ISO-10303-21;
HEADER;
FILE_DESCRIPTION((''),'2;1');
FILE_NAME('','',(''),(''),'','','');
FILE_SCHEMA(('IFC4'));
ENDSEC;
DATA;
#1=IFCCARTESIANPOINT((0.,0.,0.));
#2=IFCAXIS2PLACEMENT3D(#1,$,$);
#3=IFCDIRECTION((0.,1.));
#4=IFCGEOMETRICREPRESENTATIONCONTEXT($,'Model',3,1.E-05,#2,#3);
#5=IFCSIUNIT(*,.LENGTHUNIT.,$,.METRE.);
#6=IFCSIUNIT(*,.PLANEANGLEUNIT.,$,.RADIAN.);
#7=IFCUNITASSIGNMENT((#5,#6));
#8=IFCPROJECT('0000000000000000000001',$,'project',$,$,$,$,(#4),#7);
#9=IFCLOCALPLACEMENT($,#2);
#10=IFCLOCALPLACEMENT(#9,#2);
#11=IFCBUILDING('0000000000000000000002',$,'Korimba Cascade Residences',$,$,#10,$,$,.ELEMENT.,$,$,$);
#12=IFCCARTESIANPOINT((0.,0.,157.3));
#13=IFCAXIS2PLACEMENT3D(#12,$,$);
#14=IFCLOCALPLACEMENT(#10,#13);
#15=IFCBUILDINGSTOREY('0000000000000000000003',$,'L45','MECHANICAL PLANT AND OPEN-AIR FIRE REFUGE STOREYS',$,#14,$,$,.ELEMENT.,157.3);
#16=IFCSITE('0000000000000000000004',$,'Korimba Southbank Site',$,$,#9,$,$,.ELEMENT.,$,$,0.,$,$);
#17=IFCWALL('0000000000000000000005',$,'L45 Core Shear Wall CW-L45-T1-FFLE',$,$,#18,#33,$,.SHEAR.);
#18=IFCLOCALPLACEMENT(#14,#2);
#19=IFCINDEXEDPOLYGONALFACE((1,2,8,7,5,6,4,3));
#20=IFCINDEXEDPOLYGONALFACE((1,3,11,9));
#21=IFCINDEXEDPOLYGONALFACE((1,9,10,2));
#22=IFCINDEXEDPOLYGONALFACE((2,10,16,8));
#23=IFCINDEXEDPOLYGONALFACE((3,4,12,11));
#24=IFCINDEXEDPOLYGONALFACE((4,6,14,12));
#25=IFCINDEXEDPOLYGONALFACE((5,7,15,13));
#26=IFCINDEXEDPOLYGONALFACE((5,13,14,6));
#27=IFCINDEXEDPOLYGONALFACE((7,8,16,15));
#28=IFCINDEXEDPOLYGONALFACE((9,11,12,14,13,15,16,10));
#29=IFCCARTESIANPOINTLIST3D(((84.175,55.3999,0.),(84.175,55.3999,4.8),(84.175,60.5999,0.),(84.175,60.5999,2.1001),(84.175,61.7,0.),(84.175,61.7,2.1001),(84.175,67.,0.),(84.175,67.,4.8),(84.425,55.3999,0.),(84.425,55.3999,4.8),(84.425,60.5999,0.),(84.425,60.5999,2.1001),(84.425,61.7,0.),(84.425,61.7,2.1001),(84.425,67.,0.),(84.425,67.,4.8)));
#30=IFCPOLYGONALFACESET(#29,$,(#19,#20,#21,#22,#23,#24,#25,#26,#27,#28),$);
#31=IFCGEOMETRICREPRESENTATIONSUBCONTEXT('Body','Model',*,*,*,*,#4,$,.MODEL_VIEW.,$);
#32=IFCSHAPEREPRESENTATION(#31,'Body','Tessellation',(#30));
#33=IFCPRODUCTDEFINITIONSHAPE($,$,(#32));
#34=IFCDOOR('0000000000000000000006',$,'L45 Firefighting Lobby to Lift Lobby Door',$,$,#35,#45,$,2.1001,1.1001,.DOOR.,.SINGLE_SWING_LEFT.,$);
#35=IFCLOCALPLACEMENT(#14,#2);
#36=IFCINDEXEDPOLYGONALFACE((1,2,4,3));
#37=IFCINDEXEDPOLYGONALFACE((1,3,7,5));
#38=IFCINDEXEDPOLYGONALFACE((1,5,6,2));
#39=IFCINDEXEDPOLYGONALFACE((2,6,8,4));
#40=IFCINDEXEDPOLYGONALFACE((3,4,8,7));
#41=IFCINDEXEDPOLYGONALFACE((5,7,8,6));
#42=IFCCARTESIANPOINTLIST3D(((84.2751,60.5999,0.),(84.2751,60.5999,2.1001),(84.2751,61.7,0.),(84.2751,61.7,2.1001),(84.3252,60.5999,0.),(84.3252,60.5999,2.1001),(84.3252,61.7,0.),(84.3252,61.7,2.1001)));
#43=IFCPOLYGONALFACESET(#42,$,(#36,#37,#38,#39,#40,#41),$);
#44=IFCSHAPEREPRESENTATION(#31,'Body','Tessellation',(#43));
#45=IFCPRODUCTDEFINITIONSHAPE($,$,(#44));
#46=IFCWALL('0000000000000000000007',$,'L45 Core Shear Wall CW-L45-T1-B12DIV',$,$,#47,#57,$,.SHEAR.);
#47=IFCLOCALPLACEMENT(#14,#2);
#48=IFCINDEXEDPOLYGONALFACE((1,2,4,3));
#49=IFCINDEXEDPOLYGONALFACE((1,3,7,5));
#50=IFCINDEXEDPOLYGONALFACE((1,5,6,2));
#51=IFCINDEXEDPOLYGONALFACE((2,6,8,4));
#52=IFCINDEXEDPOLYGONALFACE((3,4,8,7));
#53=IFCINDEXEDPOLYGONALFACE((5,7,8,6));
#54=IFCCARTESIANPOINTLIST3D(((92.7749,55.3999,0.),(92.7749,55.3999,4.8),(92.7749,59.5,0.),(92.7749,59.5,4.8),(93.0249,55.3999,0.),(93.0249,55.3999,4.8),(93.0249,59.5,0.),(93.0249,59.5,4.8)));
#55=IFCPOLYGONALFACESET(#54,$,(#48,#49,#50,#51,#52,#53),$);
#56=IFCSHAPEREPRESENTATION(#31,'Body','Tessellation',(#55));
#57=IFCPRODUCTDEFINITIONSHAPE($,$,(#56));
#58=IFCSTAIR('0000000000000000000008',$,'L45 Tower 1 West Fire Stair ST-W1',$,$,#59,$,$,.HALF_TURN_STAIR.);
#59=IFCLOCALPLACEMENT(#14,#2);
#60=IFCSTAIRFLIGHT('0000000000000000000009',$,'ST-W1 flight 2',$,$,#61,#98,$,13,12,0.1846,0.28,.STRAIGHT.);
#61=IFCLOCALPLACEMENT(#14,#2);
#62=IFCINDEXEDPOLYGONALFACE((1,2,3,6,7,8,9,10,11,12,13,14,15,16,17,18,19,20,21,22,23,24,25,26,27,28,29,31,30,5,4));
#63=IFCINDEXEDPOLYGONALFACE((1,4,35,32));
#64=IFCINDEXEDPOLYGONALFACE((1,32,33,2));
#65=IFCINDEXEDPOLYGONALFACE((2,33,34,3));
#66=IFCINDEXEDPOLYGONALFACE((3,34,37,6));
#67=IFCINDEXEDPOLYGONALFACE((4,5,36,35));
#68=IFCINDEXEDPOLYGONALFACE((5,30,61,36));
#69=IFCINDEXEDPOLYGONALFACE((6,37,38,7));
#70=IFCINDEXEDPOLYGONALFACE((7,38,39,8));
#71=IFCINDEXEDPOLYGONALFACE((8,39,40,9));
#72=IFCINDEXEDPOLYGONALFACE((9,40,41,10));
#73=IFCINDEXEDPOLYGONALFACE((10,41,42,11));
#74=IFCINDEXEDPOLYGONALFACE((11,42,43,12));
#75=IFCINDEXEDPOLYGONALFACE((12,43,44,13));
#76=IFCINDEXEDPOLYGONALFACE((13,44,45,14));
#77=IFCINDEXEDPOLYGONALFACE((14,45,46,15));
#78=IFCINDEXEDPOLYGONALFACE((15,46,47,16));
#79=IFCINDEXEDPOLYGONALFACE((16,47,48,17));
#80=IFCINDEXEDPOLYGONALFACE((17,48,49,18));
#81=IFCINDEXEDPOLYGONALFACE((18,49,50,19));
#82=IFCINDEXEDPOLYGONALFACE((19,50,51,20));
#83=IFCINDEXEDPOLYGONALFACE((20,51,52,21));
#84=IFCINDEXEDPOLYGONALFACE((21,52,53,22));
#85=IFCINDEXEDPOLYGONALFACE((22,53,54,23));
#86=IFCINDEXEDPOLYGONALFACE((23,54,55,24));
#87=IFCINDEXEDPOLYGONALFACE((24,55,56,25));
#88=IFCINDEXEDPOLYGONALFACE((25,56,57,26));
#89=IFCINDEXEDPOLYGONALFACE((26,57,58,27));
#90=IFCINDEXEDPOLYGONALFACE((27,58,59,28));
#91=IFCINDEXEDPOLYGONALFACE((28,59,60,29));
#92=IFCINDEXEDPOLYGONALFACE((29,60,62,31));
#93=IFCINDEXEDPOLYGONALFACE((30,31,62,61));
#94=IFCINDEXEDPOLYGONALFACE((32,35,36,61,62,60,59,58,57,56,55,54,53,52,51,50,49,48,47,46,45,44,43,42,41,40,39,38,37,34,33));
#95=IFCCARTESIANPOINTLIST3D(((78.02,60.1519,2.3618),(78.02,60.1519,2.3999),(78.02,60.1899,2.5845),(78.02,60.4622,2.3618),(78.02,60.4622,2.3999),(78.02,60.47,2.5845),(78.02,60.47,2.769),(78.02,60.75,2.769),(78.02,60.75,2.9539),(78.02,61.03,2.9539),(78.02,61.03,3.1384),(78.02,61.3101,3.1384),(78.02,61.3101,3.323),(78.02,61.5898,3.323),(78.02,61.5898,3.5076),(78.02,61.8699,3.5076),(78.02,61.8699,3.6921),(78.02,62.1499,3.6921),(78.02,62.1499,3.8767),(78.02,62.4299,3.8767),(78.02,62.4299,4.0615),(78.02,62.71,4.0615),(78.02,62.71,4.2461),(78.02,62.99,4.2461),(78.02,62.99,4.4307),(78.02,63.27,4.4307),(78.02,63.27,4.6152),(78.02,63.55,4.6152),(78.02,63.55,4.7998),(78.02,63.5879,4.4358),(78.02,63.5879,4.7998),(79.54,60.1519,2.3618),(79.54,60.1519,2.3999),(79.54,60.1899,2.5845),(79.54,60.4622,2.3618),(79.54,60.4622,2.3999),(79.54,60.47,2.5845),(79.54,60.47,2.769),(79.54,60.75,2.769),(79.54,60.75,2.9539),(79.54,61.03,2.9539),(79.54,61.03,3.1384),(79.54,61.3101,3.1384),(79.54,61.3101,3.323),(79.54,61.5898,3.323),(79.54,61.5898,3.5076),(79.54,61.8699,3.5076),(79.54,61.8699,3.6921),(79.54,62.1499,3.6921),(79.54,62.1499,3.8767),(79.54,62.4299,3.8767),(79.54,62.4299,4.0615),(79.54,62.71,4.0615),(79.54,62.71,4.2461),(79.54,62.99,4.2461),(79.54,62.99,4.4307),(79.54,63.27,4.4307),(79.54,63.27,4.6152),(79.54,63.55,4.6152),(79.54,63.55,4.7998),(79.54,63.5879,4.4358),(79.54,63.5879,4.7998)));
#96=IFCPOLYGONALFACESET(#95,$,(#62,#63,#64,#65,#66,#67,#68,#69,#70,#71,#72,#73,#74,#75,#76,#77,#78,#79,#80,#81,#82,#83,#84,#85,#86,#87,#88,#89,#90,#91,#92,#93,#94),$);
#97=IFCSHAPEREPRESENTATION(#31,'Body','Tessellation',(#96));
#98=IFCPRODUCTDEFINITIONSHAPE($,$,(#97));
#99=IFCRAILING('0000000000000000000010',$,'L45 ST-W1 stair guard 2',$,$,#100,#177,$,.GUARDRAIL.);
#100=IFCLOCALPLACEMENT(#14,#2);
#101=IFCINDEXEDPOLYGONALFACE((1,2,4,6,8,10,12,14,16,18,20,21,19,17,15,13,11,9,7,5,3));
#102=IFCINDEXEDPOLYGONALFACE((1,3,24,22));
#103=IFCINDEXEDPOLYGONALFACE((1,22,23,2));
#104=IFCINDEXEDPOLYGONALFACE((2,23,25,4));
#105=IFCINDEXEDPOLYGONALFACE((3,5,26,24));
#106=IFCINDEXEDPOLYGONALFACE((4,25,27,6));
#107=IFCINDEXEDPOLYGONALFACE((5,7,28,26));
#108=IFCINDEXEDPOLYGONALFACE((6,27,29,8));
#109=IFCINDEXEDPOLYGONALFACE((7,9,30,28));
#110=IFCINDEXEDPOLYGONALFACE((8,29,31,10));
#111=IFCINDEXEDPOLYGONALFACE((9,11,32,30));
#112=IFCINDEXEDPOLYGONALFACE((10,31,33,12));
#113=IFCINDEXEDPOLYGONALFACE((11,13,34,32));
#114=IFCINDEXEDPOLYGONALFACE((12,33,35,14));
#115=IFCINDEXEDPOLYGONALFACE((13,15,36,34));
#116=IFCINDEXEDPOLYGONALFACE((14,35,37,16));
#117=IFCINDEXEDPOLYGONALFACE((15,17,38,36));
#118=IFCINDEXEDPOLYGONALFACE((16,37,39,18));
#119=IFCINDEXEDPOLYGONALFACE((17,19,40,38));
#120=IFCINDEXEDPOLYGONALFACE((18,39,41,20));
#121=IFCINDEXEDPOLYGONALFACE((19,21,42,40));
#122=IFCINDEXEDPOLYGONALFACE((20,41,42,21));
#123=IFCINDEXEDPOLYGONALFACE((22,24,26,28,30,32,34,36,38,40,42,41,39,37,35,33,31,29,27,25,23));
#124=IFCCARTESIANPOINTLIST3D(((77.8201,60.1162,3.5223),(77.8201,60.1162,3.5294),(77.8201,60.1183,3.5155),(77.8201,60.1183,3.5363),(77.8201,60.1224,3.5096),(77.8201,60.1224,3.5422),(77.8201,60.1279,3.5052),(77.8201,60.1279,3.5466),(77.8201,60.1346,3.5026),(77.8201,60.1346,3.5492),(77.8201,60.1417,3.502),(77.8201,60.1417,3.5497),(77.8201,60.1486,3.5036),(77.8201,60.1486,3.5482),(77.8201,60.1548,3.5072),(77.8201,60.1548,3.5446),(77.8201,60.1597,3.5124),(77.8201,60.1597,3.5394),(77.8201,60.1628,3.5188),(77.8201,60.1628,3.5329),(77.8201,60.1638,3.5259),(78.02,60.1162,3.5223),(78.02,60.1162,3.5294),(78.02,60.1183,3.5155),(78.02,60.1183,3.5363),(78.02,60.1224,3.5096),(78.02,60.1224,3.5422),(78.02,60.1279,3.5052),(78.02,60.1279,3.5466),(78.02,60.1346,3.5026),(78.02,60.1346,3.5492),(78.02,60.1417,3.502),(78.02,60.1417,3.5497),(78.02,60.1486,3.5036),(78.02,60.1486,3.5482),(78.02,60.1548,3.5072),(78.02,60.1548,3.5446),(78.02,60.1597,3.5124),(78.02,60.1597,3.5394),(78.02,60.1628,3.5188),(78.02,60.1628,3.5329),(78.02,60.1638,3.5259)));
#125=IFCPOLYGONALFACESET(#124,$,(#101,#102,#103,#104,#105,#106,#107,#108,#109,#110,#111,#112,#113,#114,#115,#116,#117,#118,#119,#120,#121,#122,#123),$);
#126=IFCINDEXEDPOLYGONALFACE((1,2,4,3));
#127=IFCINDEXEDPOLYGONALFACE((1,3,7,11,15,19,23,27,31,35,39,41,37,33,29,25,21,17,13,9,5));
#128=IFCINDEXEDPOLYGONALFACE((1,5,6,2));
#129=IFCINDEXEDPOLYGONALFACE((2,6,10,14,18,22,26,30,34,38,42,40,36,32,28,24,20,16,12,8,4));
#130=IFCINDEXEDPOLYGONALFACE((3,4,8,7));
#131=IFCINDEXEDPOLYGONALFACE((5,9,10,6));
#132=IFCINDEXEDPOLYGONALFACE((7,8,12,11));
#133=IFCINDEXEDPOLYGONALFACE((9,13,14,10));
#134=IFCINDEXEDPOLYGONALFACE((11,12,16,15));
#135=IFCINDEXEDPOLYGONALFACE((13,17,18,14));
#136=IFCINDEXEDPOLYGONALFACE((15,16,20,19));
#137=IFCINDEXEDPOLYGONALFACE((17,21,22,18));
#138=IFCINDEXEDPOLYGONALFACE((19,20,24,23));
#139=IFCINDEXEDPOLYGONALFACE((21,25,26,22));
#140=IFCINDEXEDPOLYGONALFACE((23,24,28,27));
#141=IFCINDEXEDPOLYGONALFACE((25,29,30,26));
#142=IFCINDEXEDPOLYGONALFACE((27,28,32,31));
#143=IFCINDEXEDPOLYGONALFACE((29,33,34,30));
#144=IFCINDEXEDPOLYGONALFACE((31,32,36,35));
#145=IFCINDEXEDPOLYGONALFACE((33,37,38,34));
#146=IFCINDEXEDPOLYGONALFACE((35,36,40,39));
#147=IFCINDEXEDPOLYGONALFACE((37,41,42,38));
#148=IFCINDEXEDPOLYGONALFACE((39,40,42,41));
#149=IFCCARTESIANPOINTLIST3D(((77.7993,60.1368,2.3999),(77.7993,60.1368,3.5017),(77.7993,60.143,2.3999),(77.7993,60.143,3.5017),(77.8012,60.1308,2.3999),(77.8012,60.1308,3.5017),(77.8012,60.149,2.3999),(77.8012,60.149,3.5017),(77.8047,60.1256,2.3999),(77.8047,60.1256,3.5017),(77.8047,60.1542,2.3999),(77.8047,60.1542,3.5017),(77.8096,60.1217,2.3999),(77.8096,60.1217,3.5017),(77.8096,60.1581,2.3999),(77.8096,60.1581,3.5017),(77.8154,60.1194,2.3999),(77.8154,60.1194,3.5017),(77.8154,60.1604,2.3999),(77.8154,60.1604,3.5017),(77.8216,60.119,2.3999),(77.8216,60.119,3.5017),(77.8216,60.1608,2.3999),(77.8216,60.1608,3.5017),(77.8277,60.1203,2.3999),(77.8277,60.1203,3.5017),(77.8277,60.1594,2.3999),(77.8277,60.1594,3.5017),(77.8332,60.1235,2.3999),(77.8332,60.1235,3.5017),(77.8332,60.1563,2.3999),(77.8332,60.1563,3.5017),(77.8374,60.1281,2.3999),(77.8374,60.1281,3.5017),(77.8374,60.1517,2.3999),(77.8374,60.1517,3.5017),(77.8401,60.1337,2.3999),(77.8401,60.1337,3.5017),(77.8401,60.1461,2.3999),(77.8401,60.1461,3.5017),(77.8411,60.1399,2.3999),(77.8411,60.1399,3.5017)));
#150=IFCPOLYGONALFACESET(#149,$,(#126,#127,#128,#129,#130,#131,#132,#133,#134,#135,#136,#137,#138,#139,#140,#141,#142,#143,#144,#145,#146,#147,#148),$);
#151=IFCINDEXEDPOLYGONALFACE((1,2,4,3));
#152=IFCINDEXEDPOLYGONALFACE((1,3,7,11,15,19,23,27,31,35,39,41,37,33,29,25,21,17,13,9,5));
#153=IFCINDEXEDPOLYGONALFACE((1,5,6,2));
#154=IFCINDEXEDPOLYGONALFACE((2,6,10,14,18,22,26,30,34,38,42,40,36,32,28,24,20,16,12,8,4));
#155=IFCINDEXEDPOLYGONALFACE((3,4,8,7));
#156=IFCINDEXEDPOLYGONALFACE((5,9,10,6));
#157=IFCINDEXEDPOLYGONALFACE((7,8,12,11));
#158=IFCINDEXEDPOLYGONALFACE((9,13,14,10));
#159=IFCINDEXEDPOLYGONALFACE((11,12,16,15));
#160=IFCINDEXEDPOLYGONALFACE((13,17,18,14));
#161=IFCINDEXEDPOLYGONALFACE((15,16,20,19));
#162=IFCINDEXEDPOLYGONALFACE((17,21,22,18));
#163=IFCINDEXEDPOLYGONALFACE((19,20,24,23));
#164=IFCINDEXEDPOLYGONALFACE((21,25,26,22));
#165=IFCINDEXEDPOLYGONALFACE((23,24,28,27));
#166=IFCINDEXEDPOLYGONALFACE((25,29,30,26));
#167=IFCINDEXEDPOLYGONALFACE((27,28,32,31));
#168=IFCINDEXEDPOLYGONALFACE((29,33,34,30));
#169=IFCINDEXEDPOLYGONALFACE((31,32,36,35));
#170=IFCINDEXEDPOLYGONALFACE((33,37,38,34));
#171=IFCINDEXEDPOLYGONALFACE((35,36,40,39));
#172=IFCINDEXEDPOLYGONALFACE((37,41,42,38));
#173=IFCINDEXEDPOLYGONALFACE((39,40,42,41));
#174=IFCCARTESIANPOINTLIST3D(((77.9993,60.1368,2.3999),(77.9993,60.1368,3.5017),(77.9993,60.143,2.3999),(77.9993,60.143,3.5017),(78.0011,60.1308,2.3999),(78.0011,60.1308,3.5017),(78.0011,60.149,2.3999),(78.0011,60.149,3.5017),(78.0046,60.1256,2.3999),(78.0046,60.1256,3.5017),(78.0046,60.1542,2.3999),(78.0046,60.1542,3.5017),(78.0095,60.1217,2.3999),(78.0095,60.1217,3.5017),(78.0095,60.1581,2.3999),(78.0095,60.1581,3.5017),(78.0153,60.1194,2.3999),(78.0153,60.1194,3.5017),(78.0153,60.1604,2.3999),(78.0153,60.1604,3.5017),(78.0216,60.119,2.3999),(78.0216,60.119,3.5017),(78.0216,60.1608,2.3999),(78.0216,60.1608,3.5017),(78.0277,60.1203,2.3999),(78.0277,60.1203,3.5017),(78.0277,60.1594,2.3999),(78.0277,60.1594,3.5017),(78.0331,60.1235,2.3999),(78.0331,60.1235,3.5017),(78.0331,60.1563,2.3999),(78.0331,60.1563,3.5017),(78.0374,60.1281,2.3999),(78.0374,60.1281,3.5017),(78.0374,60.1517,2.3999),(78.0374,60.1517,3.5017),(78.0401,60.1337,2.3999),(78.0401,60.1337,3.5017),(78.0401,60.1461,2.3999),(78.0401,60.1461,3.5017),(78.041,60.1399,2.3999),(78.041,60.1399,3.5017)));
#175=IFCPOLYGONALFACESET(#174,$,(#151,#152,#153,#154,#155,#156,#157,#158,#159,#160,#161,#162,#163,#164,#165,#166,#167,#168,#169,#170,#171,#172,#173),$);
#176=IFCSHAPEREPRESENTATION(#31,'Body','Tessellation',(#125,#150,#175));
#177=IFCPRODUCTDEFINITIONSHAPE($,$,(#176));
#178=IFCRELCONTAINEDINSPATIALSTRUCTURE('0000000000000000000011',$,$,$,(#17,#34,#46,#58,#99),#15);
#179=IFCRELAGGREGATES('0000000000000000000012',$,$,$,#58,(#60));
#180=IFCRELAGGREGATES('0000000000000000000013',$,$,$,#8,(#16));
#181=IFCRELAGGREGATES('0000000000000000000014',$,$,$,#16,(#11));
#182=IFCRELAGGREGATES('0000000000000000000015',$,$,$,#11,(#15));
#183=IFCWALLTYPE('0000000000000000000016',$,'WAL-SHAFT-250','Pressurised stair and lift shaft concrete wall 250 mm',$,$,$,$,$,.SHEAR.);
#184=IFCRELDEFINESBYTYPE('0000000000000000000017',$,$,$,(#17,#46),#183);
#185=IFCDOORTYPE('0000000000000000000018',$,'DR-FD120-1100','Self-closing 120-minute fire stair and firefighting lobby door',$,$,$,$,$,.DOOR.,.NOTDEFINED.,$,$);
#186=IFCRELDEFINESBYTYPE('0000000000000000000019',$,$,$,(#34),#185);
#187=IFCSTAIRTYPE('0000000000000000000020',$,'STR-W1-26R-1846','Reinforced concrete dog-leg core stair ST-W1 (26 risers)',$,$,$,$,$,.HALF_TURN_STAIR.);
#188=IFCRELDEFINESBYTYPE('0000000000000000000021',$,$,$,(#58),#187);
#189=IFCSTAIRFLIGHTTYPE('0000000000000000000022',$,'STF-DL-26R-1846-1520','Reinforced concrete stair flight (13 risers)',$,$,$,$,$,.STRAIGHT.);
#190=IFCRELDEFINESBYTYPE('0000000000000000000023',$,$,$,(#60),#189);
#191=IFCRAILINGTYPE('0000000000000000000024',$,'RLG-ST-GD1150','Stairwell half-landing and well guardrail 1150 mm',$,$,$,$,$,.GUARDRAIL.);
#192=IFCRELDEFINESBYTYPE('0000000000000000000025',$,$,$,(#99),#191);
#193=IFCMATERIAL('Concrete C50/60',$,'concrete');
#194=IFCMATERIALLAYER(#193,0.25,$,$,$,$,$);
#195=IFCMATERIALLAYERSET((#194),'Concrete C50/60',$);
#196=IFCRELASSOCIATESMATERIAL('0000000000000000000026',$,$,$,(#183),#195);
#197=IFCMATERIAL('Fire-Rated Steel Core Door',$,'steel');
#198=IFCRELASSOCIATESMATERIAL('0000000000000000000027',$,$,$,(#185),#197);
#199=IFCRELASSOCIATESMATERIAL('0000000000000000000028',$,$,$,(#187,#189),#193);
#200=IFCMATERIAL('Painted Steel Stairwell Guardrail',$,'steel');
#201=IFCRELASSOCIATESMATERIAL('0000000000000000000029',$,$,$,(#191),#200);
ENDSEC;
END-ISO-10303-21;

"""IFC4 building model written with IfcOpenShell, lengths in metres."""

from ifc_helpers import new_model, si_unit, direction, frame, frame_2d, origin, origin_2d, place, context, subcontext, project, spatial, polyline, rectangle, circle, outline, extrude, material, layer, layer_set, type_object, element, fill, aggregate, save


model = new_model("IFC4")

# Units and contexts
model_context = context("Model", 3, precision=1e-05, world=origin(), true_north=direction((0.0, 1.0)))
body_context = subcontext(model_context, "Body", "Model", "MODEL_VIEW")
ifc_project = project(units=[si_unit("LENGTHUNIT", "METRE"), si_unit("PLANEANGLEUNIT", "RADIAN")], contexts=[model_context])

# Site, building, storey
site_placement = place(None, origin())
site = spatial("IfcSite", under=ifc_project, at=site_placement, Name="Korimba Southbank Site", CompositionType="ELEMENT", RefElevation=0.0)
building_placement = place(site_placement, origin())
building = spatial("IfcBuilding", under=site, at=building_placement, Name="Korimba Cascade Residences", CompositionType="ELEMENT")
storey_placement = place(building_placement, frame((0.0, 0.0, 157.3)))
storey = spatial("IfcBuildingStorey", under=building, at=storey_placement, Name="L45", Description="MECHANICAL PLANT AND OPEN-AIR FIRE REFUGE STOREYS", CompositionType="ELEMENT", Elevation=157.3)

# Shared definitions
ifc_material_1 = material(Name="Concrete C50/60", Category="concrete")
ifc_layer_1 = layer(ifc_material_1, 0.25)
ifc_layer_set_1 = layer_set([ifc_layer_1], Name="Concrete C50/60")
wall_type_1 = type_object("IfcWallType", Name="WAL-SHAFT-250", Description="Pressurised stair and lift shaft concrete wall 250 mm", PredefinedType="SHEAR", material=ifc_layer_set_1)
ifc_material_2 = material(Name="Fire-Rated Steel Core Door", Category="steel")
door_type_1 = type_object("IfcDoorType", Name="DR-FD120-1100", Description="Self-closing 120-minute fire stair and firefighting lobby door", OperationType="NOTDEFINED", PredefinedType="DOOR", material=ifc_material_2)

# Wall, opening, door
wall_1_placement = place(storey_placement, frame((84.3, 55.3999, 0.0), z_axis=(0.0, 0.0, 1.0), x_axis=(0.0, 1.0, 0.0)))
wall_1 = element("IfcWall", 1, at=wall_1_placement, inside=storey, type_object=wall_type_1, Name="L45 Core Shear Wall CW-L45-T1-FFLE", PredefinedType="SHEAR", context=body_context, shape_type="SweptSolid", body=[
    extrude(rectangle(XDim=11.6001, YDim=0.25, at=frame_2d((5.8, 0.0))), origin(), (0.0, 0.0, 1.0), 4.8),
])
opening_1_placement = place(wall_1_placement, frame((5.2, 0.0, 0.0)))
opening_1 = element("IfcOpeningElement", 2, at=opening_1_placement, cuts=wall_1, PredefinedType="OPENING", context=body_context, shape_type="SweptSolid", body=[
    extrude(rectangle(XDim=1.1001, YDim=2.1001, at=frame_2d((0.55, 1.05))), frame((0.0, 0.135, 0.0), z_axis=(0.0, -1.0, 0.0), x_axis=(1.0, 0.0, 0.0)), (0.0, 0.0, 1.0), 0.27),
])
door_1_placement = place(opening_1_placement, origin())
door_1 = element("IfcDoor", 3, at=door_1_placement, inside=storey, type_object=door_type_1, Name="L45 Firefighting Lobby to Lift Lobby Door", OperationType="SINGLE_SWING_LEFT", OverallHeight=2.1001, OverallWidth=1.1001, PredefinedType="DOOR", context=body_context, shape_type="SweptSolid", body=[
    extrude(rectangle(XDim=1.1001, YDim=2.1001, at=frame_2d((0.55, 1.05))), frame((0.0, 0.0249, 0.0), z_axis=(0.0, -1.0, 0.0), x_axis=(1.0, 0.0, 0.0)), (0.0, 0.0, 1.0), 0.05),
])
fill(opening_1, door_1)

# Wall
wall_2_placement = place(storey_placement, frame((92.8999, 55.3999, 0.0), z_axis=(0.0, 0.0, 1.0), x_axis=(0.0, 1.0, 0.0)))
element("IfcWall", 4, at=wall_2_placement, inside=storey, type_object=wall_type_1, Name="L45 Core Shear Wall CW-L45-T1-B12DIV", PredefinedType="SHEAR", context=body_context, shape_type="SweptSolid", body=[
    extrude(rectangle(XDim=4.1001, YDim=0.25, at=frame_2d((2.05, 0.0))), origin(), (0.0, 0.0, 1.0), 4.8),
])

# Stair, stair flight
stair_type = type_object("IfcStairType", Name="STR-W1-26R-1846", Description="Reinforced concrete dog-leg core stair ST-W1 (26 risers)", PredefinedType="HALF_TURN_STAIR", material=ifc_material_1)
stair_placement = place(storey_placement, origin())
stair = element("IfcStair", 5, at=stair_placement, inside=storey, type_object=stair_type, Name="L45 Tower 1 West Fire Stair ST-W1", PredefinedType="HALF_TURN_STAIR")
stair_flight_type = type_object("IfcStairFlightType", Name="STF-DL-26R-1846-1520", Description="Reinforced concrete stair flight (13 risers)", PredefinedType="STRAIGHT", material=ifc_material_1)
stair_flight_placement = place(storey_placement, frame((78.78, 60.1899, 2.3999), z_axis=(0.0, 0.0, 1.0), x_axis=(0.0, 1.0, 0.0)))
stair_flight = element("IfcStairFlight", 6, at=stair_flight_placement, type_object=stair_flight_type, Name="ST-W1 flight 2", NumberOfRisers=13, NumberOfTreads=12, PredefinedType="STRAIGHT", RiserHeight=0.1846, TreadLength=0.28, context=body_context, shape_type="SweptSolid", body=[
    extrude(outline(polyline([(-0.0381, 0.0), (0.0, 0.1846), (0.28, 0.1846), (0.28, 0.3691), (0.5601, 0.3691), (0.5601, 0.554), (0.8401, 0.554), (0.8401, 0.7385), (1.1201, 0.7385), (1.1201, 0.9231), (1.3999, 0.9231), (1.3999, 1.1077), (1.6799, 1.1077), (1.6799, 1.2922), (1.96, 1.2922), (1.96, 1.4768), (2.24, 1.4768), (2.24, 1.6616), (2.52, 1.6616), (2.52, 1.8462), (2.8, 1.8462), (2.8, 2.0308), (3.0801, 2.0308), (3.0801, 2.2153), (3.3601, 2.2153), (3.3601, 2.3999), (3.3979, 2.3999), (3.3979, 2.0359), (0.2722, 0.0), (0.2722, -0.0381), (-0.0381, -0.0381), (-0.0381, 0.0)])), frame((0.0, 0.76, 0.0), z_axis=(0.0, -1.0, 0.0), x_axis=(1.0, 0.0, 0.0)), (0.0, 0.0, 1.0), 1.52),
])
aggregate(stair, [stair_flight])

# Railing
ifc_material_3 = material(Name="Painted Steel Stairwell Guardrail", Category="steel")
railing_type_1 = type_object("IfcRailingType", Name="RLG-ST-GD1150", Description="Stairwell half-landing and well guardrail 1150 mm", PredefinedType="GUARDRAIL", material=ifc_material_3)
railing_1_placement = place(storey_placement, frame((77.8201, 60.1399, 2.3999)))
element("IfcRailing", 7, at=railing_1_placement, inside=storey, type_object=railing_type_1, Name="L45 ST-W1 stair guard 2", PredefinedType="GUARDRAIL", context=body_context, shape_type="SweptSolid", body=[
    extrude(circle(Radius=0.0239, at=origin_2d()), frame((0.0, 0.0, 1.126), z_axis=(1.0, 0.0, 0.0), x_axis=(0.0, 1.0, 0.0)), (0.0, 0.0, 1.0), 0.2),
    extrude(circle(Radius=0.021, at=origin_2d()), origin(), (0.0, 0.0, 1.0), 1.1018),
    extrude(circle(Radius=0.021, at=origin_2d()), frame((0.2, 0.0, 0.0)), (0.0, 0.0, 1.0), 1.1018),
])

save(model, "model.ifc")
